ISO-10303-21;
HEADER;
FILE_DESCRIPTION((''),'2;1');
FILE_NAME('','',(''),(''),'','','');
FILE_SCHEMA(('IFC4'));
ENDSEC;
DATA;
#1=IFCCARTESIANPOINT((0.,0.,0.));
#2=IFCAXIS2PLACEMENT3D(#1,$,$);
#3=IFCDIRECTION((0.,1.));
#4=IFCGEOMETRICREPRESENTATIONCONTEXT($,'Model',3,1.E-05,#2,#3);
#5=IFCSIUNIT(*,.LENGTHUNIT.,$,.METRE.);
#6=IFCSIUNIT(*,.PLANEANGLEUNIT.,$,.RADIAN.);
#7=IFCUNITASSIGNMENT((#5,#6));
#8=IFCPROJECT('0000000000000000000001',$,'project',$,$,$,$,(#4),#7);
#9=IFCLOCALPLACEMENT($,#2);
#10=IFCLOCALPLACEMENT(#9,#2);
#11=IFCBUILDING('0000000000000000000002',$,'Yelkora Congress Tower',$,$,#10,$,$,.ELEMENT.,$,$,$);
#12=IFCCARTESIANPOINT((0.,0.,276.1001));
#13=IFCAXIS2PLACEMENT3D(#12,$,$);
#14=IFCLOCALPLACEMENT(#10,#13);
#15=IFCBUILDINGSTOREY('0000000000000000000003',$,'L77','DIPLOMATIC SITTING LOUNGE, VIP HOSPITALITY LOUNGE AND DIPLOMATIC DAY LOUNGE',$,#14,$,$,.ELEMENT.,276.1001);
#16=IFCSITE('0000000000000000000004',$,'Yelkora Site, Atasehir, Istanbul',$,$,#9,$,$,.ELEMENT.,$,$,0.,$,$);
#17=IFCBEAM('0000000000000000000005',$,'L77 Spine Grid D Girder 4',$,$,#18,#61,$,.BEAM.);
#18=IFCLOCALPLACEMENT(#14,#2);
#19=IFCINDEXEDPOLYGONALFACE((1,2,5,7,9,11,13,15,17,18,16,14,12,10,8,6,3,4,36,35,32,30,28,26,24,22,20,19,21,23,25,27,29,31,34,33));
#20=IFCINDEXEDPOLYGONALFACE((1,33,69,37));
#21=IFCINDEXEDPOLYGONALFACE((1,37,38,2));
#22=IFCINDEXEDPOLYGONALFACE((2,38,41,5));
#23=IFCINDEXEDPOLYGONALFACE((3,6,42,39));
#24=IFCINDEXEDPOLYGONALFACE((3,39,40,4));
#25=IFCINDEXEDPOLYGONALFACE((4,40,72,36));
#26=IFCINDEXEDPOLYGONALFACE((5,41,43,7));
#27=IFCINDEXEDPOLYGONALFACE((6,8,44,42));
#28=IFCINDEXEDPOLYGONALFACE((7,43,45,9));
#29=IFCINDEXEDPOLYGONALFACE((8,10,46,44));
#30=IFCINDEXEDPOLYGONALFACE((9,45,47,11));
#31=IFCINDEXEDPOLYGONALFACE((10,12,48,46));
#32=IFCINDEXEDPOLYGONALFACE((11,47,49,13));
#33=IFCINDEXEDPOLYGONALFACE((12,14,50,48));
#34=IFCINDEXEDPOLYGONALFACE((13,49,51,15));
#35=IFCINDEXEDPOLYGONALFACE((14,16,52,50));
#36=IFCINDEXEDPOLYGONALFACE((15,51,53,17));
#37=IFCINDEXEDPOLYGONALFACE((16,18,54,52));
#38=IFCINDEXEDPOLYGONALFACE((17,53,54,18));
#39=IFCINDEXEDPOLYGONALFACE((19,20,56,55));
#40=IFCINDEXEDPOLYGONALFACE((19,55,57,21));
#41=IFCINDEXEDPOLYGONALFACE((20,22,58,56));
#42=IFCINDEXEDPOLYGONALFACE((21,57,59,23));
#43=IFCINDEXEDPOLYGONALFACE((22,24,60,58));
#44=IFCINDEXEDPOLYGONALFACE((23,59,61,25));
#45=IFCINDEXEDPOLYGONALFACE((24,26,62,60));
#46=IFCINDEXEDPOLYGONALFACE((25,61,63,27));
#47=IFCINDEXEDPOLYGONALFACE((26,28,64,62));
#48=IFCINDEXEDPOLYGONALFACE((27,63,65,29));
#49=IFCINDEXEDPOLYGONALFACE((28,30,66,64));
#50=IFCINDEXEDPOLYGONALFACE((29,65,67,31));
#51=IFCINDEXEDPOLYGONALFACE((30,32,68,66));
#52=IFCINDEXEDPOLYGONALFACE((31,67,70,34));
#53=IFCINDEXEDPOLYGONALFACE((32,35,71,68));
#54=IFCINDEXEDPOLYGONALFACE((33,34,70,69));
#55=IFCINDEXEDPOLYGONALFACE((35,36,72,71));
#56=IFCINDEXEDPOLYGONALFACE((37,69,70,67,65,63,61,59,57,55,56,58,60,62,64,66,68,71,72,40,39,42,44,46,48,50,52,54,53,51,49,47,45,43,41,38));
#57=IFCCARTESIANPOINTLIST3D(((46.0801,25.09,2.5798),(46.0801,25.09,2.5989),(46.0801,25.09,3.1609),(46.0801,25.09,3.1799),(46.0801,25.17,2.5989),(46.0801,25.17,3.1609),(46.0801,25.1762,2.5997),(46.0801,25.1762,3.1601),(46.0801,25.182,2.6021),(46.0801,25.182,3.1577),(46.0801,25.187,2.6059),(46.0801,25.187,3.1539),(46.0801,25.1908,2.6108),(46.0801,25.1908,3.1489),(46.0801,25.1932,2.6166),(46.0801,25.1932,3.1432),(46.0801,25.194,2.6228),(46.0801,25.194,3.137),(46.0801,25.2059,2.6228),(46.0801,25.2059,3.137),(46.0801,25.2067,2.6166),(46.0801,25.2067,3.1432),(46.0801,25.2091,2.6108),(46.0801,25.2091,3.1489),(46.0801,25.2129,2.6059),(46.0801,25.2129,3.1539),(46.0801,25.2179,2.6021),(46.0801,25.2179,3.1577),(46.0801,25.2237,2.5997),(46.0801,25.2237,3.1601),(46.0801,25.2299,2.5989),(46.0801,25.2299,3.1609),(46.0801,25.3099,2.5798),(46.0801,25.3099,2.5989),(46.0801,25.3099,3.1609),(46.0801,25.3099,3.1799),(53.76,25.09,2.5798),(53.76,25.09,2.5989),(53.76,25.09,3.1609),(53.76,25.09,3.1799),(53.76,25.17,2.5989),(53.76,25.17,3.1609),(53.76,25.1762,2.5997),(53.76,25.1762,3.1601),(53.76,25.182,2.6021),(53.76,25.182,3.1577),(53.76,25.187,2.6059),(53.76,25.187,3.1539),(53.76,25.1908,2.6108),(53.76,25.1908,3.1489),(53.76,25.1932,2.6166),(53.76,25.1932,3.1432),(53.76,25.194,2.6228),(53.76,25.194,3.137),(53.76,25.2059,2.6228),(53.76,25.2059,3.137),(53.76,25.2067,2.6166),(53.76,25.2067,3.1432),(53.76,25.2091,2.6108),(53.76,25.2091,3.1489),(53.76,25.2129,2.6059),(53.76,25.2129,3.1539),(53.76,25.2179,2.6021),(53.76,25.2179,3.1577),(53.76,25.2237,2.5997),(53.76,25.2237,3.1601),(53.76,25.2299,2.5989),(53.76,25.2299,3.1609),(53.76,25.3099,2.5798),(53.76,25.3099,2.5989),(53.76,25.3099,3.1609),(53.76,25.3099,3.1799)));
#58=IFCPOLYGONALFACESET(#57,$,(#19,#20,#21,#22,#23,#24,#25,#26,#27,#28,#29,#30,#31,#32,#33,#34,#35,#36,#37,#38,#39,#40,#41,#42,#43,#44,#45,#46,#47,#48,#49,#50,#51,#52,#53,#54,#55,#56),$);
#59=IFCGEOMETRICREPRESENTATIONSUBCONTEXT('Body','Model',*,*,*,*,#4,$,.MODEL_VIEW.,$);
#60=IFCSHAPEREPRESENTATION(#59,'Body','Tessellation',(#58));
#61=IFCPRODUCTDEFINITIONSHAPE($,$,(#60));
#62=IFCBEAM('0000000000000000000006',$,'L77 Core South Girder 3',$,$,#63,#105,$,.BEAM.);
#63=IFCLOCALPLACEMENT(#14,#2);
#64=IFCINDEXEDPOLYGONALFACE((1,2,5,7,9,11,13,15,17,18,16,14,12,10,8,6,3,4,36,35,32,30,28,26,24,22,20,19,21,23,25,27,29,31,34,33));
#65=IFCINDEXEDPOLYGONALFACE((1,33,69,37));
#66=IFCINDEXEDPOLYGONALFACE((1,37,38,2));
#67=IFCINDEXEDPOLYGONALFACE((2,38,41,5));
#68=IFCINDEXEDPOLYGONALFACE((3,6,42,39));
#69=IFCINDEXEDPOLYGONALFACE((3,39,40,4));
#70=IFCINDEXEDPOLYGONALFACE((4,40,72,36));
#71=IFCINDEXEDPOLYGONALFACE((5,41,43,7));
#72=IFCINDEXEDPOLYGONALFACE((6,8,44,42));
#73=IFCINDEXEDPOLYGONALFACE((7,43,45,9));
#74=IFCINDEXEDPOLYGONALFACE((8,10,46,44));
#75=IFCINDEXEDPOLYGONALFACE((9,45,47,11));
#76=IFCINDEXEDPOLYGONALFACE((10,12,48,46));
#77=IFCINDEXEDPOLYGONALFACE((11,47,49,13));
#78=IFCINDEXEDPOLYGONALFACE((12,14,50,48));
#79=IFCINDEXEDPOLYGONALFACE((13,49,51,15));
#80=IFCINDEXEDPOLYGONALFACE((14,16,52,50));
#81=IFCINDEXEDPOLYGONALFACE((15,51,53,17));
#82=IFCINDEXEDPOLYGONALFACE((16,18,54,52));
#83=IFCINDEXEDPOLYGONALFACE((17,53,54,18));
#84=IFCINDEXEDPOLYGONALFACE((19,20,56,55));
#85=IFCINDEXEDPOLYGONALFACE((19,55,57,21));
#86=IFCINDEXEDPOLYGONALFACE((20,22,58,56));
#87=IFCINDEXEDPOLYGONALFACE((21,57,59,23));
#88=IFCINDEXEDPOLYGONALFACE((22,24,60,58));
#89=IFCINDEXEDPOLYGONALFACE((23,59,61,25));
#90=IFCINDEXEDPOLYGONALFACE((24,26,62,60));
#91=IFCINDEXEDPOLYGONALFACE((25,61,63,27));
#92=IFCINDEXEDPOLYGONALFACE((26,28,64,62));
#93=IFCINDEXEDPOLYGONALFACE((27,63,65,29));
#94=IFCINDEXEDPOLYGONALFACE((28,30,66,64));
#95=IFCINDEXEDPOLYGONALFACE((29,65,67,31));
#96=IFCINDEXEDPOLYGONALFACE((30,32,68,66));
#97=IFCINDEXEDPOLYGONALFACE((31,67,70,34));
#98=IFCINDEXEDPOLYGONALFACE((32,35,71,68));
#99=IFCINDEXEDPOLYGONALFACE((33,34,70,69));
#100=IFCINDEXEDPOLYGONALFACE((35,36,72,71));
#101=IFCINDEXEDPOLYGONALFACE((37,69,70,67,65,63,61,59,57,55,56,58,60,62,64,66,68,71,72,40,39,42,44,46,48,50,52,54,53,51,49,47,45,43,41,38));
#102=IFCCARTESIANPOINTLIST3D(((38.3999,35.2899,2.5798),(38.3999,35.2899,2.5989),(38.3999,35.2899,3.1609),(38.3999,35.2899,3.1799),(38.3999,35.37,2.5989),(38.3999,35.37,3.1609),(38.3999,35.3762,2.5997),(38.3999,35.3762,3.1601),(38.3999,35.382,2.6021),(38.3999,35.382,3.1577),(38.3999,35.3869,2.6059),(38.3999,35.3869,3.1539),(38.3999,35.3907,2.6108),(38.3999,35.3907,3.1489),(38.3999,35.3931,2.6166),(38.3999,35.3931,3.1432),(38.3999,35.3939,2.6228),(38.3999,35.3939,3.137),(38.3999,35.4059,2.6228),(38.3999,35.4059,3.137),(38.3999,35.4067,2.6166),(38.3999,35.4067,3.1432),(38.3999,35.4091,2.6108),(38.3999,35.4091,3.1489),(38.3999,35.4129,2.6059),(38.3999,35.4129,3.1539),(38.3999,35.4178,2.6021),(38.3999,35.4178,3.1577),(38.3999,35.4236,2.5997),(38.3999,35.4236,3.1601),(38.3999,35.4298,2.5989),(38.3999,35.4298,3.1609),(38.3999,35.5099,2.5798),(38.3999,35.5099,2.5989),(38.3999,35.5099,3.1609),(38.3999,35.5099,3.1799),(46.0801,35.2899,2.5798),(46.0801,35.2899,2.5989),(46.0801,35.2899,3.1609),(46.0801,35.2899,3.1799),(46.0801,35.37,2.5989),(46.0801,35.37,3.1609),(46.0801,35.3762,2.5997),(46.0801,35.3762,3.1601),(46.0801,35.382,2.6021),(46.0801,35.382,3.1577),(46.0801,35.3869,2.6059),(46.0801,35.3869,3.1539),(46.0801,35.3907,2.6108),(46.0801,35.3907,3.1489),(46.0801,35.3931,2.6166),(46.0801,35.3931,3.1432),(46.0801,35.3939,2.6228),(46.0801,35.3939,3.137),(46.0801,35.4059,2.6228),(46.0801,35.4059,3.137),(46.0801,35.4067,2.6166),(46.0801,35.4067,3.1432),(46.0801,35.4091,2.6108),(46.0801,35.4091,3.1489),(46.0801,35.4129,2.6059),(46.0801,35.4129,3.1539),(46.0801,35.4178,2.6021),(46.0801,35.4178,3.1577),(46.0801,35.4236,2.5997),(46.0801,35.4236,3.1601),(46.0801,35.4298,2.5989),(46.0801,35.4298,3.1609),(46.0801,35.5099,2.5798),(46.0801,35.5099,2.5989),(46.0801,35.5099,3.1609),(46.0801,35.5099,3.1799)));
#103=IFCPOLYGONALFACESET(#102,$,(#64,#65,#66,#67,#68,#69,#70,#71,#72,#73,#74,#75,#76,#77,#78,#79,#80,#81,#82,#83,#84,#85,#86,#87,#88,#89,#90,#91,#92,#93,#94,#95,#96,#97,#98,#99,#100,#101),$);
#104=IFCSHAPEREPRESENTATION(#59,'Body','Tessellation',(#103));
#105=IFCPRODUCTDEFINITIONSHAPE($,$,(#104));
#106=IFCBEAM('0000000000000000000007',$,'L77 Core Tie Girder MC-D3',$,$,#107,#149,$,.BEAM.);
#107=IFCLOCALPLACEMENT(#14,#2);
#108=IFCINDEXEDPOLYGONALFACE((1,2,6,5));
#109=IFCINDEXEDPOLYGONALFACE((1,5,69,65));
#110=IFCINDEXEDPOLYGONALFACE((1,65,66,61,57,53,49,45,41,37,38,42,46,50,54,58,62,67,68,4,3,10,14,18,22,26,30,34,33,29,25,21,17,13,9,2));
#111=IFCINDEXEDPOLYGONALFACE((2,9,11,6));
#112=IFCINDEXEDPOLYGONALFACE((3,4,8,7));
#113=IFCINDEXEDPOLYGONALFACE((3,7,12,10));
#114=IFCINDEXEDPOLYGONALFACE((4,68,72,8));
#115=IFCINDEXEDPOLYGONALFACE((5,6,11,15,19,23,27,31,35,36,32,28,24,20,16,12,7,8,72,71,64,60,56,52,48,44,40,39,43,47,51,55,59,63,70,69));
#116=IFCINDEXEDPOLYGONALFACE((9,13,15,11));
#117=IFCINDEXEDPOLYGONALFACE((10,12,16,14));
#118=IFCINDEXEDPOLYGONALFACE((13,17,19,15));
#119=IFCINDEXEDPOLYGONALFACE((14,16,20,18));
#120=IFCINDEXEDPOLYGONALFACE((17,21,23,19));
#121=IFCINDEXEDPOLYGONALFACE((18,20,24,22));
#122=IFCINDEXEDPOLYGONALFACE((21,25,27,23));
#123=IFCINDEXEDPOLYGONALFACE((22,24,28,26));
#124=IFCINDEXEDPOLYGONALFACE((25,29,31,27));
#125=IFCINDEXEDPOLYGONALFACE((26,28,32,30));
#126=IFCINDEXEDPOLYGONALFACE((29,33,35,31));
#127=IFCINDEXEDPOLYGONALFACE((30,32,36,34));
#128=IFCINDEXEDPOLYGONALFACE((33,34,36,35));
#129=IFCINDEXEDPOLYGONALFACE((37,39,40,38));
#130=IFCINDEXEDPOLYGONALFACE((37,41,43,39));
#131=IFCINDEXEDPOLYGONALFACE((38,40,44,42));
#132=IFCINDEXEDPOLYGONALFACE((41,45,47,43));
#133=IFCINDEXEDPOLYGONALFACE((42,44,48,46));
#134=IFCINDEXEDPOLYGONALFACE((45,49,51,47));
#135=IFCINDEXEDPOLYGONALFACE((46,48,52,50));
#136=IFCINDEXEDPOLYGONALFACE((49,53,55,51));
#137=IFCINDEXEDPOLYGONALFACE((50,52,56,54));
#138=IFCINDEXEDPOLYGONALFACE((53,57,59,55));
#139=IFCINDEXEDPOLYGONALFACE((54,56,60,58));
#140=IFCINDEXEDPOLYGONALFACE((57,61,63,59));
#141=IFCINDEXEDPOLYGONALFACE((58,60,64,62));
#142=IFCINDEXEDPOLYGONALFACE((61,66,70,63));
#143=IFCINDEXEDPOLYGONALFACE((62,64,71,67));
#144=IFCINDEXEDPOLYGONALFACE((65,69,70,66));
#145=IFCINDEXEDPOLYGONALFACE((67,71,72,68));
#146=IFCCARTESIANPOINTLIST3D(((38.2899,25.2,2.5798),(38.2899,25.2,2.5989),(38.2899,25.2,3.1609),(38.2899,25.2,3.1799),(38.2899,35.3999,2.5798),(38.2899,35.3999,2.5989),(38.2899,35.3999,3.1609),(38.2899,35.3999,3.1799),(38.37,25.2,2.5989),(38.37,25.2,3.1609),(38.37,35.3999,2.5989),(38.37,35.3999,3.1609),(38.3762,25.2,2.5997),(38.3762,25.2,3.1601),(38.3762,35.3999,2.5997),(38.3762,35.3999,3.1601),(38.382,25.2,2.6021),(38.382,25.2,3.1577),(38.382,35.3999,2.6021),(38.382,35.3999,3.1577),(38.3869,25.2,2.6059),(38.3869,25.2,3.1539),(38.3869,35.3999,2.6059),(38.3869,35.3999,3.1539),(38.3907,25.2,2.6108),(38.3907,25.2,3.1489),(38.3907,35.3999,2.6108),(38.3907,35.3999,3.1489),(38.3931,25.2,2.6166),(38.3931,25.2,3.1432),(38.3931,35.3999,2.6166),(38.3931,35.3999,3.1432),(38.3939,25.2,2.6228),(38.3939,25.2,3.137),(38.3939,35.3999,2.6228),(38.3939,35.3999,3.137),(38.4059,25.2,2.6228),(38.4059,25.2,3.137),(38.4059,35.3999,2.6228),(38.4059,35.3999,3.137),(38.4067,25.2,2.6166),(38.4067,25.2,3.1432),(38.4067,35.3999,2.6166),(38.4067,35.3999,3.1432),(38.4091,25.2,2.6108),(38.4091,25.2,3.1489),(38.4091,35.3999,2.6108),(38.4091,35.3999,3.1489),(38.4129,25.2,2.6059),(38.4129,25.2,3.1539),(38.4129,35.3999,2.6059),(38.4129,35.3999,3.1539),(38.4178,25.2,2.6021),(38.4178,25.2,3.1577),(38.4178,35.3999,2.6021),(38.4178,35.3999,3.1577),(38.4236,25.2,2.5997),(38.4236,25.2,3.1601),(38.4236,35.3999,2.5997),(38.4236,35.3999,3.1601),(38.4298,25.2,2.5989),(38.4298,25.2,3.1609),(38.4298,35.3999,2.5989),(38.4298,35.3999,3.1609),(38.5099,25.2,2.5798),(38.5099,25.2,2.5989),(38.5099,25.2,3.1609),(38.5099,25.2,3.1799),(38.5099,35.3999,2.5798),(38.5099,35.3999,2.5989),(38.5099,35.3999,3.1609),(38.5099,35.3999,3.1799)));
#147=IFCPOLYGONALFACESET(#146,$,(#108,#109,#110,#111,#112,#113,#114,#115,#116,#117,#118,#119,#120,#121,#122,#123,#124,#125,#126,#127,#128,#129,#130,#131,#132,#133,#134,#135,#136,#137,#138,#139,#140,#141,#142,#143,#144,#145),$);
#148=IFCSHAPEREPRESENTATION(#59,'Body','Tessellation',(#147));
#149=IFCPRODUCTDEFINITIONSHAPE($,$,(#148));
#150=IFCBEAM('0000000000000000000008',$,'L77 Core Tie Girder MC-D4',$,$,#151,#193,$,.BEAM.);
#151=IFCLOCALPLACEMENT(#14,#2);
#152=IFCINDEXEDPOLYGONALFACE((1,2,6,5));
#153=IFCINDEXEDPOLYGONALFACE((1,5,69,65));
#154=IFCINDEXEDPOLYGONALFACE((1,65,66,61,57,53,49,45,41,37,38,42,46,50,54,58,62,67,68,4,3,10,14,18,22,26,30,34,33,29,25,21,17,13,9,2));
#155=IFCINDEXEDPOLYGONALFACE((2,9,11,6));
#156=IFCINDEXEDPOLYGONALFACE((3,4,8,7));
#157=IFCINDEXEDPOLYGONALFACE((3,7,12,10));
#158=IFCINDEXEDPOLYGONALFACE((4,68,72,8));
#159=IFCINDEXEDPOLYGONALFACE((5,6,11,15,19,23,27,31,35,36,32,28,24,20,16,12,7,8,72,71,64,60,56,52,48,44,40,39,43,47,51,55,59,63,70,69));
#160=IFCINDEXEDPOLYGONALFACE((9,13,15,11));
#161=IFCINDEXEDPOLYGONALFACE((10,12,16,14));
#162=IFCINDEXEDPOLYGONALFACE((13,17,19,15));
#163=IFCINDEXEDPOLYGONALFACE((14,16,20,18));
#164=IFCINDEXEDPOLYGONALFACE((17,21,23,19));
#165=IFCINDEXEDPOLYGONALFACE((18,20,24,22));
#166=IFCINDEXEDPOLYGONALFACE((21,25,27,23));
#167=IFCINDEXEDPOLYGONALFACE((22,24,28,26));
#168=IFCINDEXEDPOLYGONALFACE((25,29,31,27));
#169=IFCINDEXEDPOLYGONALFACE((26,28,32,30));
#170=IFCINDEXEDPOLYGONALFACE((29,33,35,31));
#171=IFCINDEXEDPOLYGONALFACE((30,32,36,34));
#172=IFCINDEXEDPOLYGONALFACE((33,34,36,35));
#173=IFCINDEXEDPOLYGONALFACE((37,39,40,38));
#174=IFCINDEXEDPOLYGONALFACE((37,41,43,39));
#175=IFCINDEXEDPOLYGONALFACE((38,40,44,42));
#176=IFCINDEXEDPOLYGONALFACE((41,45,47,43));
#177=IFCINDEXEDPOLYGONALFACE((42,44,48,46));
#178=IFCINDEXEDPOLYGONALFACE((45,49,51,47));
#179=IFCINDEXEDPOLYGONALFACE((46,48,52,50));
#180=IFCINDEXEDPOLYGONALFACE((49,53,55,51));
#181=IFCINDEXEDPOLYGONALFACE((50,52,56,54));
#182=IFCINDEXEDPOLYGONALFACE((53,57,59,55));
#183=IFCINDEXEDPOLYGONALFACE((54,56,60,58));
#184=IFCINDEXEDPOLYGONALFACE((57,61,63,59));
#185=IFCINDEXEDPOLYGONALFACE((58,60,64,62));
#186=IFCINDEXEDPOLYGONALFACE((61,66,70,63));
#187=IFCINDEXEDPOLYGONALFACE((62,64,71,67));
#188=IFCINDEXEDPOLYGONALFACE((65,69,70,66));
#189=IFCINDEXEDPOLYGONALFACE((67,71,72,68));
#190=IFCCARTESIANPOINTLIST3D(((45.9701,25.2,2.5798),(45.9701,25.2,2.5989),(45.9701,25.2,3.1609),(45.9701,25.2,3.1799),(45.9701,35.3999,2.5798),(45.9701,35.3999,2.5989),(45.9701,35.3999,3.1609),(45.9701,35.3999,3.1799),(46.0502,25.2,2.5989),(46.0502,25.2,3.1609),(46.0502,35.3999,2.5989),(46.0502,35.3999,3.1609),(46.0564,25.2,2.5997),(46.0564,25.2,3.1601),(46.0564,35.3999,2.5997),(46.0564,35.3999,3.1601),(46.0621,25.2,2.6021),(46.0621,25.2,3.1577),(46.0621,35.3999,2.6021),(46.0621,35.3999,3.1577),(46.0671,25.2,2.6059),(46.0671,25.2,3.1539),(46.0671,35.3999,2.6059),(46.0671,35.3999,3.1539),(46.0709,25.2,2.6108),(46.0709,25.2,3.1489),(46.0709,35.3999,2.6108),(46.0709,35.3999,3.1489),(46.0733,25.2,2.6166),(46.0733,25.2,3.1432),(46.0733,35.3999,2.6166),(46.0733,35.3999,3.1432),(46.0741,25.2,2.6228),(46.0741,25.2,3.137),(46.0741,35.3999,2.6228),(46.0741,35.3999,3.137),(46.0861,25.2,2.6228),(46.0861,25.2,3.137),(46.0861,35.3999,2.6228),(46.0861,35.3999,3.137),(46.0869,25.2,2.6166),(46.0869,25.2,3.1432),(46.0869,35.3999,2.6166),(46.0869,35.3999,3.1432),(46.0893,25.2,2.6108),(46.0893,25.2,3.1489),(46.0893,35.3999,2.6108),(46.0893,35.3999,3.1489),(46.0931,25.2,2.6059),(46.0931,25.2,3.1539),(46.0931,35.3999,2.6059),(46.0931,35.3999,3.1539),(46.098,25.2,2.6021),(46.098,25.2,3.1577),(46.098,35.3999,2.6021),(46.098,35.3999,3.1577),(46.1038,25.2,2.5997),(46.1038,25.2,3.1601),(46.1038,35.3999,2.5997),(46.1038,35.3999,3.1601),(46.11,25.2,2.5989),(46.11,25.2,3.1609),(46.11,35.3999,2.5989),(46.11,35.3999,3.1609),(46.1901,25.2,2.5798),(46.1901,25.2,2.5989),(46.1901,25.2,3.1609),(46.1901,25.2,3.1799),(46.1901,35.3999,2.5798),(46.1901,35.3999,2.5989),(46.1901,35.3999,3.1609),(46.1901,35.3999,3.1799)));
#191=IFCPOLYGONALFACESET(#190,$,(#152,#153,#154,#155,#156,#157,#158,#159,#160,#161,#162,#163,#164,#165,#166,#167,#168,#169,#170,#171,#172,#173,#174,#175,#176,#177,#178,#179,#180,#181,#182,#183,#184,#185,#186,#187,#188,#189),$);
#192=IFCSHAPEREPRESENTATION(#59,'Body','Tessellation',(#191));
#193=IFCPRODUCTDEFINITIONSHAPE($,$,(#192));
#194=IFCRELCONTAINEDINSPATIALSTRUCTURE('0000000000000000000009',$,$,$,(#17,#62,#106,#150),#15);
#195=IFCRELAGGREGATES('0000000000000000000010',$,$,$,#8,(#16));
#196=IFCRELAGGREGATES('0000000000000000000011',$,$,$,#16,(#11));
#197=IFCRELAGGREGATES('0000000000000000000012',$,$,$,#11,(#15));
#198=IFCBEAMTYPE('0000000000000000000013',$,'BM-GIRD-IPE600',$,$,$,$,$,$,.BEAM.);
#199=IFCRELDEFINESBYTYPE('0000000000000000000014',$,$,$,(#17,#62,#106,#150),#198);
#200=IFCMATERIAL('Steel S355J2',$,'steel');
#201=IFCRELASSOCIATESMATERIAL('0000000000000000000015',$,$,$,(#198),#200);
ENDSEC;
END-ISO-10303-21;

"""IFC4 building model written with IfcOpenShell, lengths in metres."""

from ifc_helpers import new_model, si_unit, direction, frame, origin, origin_2d, place, context, subcontext, project, spatial, i_section, extrude, material, material_profile, profile_set, type_object, element, save


model = new_model("IFC4")

# Units and contexts
model_context = context("Model", 3, precision=1e-05, world=origin(), true_north=direction((0.0, 1.0)))
body_context = subcontext(model_context, "Body", "Model", "MODEL_VIEW")
ifc_project = project(units=[si_unit("LENGTHUNIT", "METRE"), si_unit("PLANEANGLEUNIT", "RADIAN")], contexts=[model_context])

# Site, building, storey
site_placement = place(None, origin())
site = spatial("IfcSite", under=ifc_project, at=site_placement, Name="Yelkora Site, Atasehir, Istanbul", CompositionType="ELEMENT", RefElevation=0.0)
building_placement = place(site_placement, origin())
building = spatial("IfcBuilding", under=site, at=building_placement, Name="Yelkora Congress Tower", CompositionType="ELEMENT")
storey_placement = place(building_placement, frame((0.0, 0.0, 276.1001)))
storey = spatial("IfcBuildingStorey", under=building, at=storey_placement, Name="L77", Description="DIPLOMATIC SITTING LOUNGE, VIP HOSPITALITY LOUNGE AND DIPLOMATIC DAY LOUNGE", CompositionType="ELEMENT", Elevation=276.1001)

# Beams
ifc_material_1 = material(Name="Steel S355J2", Category="steel")
ifc_material_profile_1 = material_profile(ifc_material_1, i_section(OverallWidth=0.22, OverallDepth=0.6001, WebThickness=0.012, FlangeThickness=0.019, FilletRadius=0.0239, at=origin_2d()), Name="IPE 600")
ifc_profile_set_1 = profile_set([ifc_material_profile_1], Name="Steel S355J2")
beam_type_1 = type_object("IfcBeamType", Name="BM-GIRD-IPE600", PredefinedType="BEAM", material=ifc_profile_set_1)
beam_1_placement = place(storey_placement, frame((46.0801, 25.2, 2.8799), z_axis=(1.0, 0.0, 0.0), x_axis=(0.0, 1.0, 0.0)))
element("IfcBeam", 1, at=beam_1_placement, inside=storey, type_object=beam_type_1, Name="L77 Spine Grid D Girder 4", PredefinedType="BEAM", context=body_context, shape_type="SweptSolid", body=[
    extrude(i_section(OverallWidth=0.22, OverallDepth=0.6001, WebThickness=0.012, FlangeThickness=0.019, FilletRadius=0.0239, at=origin_2d()), origin(), (0.0, 0.0, 1.0), 7.6799),
])
beam_2_placement = place(storey_placement, frame((38.3999, 35.3999, 2.8799), z_axis=(1.0, 0.0, 0.0), x_axis=(0.0, 1.0, 0.0)))
element("IfcBeam", 2, at=beam_2_placement, inside=storey, type_object=beam_type_1, Name="L77 Core South Girder 3", PredefinedType="BEAM", context=body_context, shape_type="SweptSolid", body=[
    extrude(i_section(OverallWidth=0.22, OverallDepth=0.6001, WebThickness=0.012, FlangeThickness=0.019, FilletRadius=0.0239, at=origin_2d()), origin(), (0.0, 0.0, 1.0), 7.6802),
])
for number, where, z_axis, x_axis, name in (
    (3, (38.3999, 25.2, 2.8799), (0.0, 1.0, 0.0), (-1.0, 0.0, 0.0), "L77 Core Tie Girder MC-D3"),
    (4, (46.0801, 25.2, 2.8799), (0.0, 1.0, 0.0), (-1.0, 0.0, 0.0), "L77 Core Tie Girder MC-D4"),
):
    element("IfcBeam", number, at=place(storey_placement, frame(where, z_axis=z_axis, x_axis=x_axis)), inside=storey, type_object=beam_type_1, Name=name, PredefinedType="BEAM", context=body_context, shape_type="SweptSolid", body=[
        extrude(i_section(OverallWidth=0.22, OverallDepth=0.6001, WebThickness=0.012, FlangeThickness=0.019, FilletRadius=0.0239, at=origin_2d()), origin(), (0.0, 0.0, 1.0), 10.2),
    ])

save(model, "model.ifc")
